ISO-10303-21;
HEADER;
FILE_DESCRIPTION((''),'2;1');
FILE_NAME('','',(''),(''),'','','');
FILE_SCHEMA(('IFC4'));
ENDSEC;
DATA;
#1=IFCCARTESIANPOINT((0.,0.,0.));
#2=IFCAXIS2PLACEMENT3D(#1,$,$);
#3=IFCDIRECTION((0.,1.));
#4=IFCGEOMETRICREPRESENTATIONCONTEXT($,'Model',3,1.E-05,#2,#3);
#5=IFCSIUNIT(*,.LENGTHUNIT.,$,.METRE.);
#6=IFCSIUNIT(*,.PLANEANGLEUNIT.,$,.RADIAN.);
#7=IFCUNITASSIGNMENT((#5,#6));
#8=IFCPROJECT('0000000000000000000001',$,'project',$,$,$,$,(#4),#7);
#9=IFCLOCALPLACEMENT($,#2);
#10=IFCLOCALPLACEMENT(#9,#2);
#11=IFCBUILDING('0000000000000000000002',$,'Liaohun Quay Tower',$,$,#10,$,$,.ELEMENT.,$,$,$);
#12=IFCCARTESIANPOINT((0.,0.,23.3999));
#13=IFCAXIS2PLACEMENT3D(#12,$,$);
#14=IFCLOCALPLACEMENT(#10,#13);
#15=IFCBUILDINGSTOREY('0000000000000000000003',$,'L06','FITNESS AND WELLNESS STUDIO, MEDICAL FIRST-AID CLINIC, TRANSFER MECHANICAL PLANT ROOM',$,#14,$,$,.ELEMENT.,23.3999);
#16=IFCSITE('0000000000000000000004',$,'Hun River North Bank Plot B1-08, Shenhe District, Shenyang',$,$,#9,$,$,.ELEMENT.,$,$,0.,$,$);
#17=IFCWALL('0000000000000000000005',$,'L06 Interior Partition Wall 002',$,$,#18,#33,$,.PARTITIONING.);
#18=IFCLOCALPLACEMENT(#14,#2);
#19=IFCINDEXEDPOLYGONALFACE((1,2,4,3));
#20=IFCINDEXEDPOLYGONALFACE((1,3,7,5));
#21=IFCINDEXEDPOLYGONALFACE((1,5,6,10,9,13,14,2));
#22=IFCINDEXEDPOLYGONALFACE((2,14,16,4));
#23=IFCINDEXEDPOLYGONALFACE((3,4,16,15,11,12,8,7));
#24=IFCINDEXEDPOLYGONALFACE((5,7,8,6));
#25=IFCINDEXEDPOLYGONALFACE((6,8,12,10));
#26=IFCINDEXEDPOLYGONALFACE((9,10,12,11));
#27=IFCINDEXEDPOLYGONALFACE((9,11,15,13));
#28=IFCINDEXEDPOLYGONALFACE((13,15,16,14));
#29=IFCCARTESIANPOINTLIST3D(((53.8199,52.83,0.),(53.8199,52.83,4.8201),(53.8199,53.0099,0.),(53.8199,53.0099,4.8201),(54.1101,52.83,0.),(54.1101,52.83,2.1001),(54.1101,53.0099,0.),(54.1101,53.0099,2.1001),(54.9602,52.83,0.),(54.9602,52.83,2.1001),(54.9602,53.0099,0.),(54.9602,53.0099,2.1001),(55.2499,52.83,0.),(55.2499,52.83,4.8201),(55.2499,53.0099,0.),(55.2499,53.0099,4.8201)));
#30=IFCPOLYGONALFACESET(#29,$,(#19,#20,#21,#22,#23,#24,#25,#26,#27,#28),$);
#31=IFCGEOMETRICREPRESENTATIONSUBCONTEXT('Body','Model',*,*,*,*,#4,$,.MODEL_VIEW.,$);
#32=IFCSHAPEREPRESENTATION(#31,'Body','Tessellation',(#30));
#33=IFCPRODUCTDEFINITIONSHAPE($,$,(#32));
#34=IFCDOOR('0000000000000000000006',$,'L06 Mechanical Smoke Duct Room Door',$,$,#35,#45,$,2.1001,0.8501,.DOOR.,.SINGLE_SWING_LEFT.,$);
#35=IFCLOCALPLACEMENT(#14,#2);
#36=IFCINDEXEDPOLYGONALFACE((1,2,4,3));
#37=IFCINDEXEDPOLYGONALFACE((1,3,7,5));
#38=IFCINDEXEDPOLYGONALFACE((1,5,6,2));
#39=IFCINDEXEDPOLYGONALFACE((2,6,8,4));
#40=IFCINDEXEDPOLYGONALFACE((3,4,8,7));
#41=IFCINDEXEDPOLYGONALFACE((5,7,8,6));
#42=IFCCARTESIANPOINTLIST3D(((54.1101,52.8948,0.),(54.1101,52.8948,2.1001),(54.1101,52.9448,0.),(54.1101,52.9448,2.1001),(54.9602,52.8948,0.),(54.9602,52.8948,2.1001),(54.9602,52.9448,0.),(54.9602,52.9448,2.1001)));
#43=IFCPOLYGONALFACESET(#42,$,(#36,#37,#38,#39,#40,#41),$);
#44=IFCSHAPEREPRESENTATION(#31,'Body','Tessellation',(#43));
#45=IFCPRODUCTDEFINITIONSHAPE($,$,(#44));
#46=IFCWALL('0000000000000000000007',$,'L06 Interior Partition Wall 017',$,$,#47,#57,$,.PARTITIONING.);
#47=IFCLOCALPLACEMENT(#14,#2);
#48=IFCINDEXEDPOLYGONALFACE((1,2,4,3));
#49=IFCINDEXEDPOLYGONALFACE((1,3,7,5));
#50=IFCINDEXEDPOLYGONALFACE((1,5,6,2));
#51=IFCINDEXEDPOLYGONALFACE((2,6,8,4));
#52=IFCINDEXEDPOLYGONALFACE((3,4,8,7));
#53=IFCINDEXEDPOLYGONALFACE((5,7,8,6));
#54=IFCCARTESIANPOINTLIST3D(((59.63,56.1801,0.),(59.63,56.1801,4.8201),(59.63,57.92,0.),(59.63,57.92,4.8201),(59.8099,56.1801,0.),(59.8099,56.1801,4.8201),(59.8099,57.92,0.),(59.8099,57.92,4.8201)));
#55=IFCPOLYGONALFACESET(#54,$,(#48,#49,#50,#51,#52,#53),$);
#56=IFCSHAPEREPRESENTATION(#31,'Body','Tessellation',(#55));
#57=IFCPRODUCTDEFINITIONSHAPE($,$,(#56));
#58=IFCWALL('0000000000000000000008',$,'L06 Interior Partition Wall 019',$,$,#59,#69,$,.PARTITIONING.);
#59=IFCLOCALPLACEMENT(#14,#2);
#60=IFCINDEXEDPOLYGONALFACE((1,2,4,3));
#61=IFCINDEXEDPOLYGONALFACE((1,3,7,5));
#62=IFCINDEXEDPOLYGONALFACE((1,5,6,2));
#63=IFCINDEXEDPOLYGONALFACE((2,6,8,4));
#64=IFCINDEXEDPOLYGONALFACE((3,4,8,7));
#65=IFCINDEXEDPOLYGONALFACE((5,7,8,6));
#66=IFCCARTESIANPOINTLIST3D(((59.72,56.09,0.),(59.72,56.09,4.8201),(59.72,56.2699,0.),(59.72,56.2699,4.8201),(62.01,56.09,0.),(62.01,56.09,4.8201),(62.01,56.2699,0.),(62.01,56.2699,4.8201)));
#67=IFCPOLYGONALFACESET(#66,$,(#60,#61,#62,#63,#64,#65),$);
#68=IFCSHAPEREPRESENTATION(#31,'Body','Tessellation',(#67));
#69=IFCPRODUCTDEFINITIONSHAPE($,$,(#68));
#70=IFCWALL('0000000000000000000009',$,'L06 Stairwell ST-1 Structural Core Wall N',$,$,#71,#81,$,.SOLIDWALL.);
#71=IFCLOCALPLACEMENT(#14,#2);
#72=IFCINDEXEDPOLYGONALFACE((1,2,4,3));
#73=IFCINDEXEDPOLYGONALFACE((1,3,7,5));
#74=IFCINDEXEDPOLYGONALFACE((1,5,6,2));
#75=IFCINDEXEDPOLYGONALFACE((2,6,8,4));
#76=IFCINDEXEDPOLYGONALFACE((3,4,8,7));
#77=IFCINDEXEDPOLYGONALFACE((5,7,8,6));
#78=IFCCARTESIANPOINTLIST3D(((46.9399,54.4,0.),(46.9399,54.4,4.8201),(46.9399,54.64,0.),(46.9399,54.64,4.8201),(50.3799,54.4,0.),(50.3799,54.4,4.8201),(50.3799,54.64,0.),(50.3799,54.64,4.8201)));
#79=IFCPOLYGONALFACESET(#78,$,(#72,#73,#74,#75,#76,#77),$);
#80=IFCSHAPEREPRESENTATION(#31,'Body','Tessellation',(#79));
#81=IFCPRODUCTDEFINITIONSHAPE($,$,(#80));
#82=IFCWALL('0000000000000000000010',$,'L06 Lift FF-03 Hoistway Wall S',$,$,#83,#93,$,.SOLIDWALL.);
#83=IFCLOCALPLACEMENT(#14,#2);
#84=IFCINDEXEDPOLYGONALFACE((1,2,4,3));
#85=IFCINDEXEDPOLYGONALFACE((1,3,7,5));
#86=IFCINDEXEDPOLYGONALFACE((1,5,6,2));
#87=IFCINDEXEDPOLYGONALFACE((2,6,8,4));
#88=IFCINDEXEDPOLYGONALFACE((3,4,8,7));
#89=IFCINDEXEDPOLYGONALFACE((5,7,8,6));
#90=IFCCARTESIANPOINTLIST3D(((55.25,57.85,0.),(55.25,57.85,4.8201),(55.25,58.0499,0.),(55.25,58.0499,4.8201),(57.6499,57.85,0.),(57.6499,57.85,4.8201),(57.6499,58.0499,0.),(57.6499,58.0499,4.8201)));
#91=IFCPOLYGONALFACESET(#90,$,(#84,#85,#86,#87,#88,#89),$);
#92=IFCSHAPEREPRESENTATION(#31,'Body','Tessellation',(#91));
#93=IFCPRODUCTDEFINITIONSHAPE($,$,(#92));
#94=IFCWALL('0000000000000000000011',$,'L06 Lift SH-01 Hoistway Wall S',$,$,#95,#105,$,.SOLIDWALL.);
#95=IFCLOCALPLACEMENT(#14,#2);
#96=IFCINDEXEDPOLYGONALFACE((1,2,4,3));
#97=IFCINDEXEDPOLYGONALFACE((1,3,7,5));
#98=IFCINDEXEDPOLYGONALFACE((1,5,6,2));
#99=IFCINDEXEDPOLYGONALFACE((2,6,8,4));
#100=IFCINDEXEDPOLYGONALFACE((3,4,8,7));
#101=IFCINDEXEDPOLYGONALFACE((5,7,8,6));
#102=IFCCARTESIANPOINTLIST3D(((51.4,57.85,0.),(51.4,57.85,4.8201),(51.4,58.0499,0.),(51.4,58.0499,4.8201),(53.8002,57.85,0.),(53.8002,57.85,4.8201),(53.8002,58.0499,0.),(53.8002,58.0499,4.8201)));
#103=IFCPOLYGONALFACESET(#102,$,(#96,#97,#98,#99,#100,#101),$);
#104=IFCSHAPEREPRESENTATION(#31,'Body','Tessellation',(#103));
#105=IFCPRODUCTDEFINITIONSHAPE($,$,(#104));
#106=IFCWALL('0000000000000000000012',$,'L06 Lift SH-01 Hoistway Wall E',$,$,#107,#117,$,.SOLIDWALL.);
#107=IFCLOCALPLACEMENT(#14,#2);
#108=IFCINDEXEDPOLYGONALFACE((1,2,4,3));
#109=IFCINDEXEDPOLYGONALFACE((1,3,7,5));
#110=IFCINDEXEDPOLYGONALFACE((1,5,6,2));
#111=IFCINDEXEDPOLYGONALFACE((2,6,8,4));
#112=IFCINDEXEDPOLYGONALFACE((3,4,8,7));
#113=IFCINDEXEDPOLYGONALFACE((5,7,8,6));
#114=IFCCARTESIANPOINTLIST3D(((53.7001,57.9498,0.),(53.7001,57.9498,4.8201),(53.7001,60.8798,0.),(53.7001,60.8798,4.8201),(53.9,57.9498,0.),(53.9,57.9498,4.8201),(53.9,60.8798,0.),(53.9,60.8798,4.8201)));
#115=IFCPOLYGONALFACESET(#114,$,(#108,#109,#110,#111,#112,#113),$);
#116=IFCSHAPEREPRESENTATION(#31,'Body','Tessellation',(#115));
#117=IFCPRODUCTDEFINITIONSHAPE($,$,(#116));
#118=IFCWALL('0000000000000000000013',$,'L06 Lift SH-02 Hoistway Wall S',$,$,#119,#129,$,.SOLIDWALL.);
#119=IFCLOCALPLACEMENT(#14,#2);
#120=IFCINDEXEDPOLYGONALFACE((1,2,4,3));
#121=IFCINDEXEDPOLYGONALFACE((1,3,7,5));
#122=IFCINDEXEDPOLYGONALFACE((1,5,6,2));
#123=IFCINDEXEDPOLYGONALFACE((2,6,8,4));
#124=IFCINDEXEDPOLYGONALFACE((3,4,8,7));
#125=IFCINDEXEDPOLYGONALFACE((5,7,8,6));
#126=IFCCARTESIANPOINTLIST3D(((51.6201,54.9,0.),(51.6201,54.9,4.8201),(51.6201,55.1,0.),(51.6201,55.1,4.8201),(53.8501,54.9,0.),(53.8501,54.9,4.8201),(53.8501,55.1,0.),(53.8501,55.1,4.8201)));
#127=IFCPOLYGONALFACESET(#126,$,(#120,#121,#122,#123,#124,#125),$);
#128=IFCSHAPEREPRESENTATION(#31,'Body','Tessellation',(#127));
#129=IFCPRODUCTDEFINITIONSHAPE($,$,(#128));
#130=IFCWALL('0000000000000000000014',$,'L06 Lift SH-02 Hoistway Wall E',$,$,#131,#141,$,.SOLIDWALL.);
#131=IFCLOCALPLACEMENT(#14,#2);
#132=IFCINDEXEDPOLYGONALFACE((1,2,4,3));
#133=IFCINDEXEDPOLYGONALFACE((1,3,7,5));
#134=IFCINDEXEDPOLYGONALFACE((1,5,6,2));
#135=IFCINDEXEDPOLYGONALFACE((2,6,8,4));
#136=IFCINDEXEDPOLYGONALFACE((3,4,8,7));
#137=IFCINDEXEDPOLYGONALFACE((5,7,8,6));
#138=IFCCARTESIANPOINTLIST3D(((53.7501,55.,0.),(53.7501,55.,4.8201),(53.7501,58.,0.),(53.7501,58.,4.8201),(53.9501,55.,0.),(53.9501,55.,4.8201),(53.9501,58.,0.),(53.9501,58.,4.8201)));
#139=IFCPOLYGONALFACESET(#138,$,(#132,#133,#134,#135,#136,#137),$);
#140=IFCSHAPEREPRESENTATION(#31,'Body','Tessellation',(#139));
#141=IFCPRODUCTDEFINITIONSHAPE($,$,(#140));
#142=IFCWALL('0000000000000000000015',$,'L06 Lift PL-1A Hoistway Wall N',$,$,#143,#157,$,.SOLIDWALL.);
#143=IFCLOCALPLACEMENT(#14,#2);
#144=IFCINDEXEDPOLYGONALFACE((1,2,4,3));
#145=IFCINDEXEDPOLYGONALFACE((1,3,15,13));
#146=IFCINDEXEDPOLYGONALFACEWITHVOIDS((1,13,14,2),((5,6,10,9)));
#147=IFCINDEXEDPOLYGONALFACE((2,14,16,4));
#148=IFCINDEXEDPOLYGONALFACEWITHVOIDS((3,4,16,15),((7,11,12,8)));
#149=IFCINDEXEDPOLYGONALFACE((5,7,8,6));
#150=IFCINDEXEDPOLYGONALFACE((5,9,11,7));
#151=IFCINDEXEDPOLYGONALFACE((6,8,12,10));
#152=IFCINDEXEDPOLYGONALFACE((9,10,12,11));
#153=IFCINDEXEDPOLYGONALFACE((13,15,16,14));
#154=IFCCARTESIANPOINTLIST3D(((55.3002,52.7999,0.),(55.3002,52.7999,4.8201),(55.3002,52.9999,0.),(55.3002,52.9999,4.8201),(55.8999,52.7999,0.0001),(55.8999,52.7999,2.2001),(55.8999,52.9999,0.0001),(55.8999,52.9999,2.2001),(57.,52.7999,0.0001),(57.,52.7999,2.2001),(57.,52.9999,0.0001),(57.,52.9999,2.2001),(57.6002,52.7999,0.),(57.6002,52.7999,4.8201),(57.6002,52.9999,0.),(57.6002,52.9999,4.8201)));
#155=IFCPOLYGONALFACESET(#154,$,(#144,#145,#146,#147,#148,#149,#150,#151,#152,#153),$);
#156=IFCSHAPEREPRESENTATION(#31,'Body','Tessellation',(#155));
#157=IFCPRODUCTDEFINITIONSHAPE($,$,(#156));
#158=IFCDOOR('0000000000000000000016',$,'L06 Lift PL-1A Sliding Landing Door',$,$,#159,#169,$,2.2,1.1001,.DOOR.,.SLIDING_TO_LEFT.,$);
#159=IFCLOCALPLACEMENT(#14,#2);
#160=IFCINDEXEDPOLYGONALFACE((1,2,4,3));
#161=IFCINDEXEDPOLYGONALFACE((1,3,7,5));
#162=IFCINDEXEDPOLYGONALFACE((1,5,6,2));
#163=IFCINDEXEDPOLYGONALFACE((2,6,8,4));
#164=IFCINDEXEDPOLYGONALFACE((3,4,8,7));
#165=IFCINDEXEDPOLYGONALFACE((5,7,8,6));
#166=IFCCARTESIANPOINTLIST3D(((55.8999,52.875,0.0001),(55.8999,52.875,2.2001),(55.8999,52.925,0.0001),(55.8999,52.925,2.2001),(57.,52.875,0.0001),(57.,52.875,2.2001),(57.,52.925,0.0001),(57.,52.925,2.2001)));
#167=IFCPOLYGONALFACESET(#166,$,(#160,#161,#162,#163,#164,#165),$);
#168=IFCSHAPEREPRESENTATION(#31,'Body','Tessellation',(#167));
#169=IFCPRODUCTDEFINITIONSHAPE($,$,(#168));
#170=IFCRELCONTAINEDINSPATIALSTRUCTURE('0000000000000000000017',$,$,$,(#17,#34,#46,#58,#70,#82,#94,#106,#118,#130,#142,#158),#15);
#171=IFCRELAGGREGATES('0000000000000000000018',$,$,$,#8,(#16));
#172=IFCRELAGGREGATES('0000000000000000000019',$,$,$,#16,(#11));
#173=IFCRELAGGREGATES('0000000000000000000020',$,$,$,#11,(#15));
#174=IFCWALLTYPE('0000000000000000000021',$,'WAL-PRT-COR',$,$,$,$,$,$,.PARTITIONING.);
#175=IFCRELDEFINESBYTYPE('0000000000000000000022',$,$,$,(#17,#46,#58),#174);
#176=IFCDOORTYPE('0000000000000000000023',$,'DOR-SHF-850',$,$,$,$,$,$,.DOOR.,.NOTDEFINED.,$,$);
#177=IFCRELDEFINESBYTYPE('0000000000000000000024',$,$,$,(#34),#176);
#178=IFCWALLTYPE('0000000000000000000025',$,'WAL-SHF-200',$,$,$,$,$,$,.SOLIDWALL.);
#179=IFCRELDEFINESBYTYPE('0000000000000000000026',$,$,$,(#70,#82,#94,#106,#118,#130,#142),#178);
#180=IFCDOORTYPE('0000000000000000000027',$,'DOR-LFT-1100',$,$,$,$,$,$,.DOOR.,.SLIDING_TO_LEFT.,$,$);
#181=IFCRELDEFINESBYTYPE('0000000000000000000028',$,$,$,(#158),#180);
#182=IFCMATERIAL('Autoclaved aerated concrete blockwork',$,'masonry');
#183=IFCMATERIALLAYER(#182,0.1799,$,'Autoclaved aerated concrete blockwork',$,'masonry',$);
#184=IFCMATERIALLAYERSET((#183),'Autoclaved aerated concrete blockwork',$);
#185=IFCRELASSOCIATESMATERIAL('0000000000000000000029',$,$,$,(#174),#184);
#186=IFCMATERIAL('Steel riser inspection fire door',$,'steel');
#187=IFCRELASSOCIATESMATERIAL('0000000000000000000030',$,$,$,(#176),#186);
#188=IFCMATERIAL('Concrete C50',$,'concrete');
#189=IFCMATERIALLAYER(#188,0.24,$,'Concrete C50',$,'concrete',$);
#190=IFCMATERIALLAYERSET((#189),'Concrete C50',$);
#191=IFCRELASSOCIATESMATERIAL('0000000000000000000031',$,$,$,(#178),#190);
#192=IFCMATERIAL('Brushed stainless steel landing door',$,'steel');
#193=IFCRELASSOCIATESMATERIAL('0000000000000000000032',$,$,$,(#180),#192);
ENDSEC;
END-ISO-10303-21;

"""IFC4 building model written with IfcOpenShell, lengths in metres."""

from ifc_helpers import new_model, si_unit, direction, frame, frame_2d, origin, place, context, subcontext, project, spatial, rectangle, extrude, source, transform, mapped, material, layer, layer_set, type_object, element, fill, save


model = new_model("IFC4")

# Units and contexts
model_context = context("Model", 3, precision=1e-05, world=origin(), true_north=direction((0.0, 1.0)))
body_context = subcontext(model_context, "Body", "Model", "MODEL_VIEW")
ifc_project = project(units=[si_unit("LENGTHUNIT", "METRE"), si_unit("PLANEANGLEUNIT", "RADIAN")], contexts=[model_context])

# Site, building, storey
site_placement = place(None, origin())
site = spatial("IfcSite", under=ifc_project, at=site_placement, Name="Hun River North Bank Plot B1-08, Shenhe District, Shenyang", CompositionType="ELEMENT", RefElevation=0.0)
building_placement = place(site_placement, origin())
building = spatial("IfcBuilding", under=site, at=building_placement, Name="Liaohun Quay Tower", CompositionType="ELEMENT")
storey_placement = place(building_placement, frame((0.0, 0.0, 23.3999)))
storey = spatial("IfcBuildingStorey", under=building, at=storey_placement, Name="L06", Description="FITNESS AND WELLNESS STUDIO, MEDICAL FIRST-AID CLINIC, TRANSFER MECHANICAL PLANT ROOM", CompositionType="ELEMENT", Elevation=23.3999)

# Wall, opening, door
ifc_material_1 = material(Name="Autoclaved aerated concrete blockwork", Category="masonry")
ifc_layer_1 = layer(ifc_material_1, 0.1799, Name="Autoclaved aerated concrete blockwork", Category="masonry")
ifc_layer_set_1 = layer_set([ifc_layer_1], Name="Autoclaved aerated concrete blockwork")
wall_type_1 = type_object("IfcWallType", Name="WAL-PRT-COR", PredefinedType="PARTITIONING", material=ifc_layer_set_1)
wall_1_placement = place(storey_placement, frame((53.8201, 52.9199, 0.0), z_axis=(0.0, 0.0, 1.0), x_axis=(1.0, 0.0, 0.0)))
wall_1 = element("IfcWall", 1, at=wall_1_placement, inside=storey, type_object=wall_type_1, Name="L06 Interior Partition Wall 002", PredefinedType="PARTITIONING", context=body_context, shape_type="SweptSolid", body=[
    extrude(rectangle(XDim=1.4299, YDim=0.1799, at=frame_2d((0.7148, 0.0))), origin(), (0.0, 0.0, 1.0), 4.8201),
])
shared_shape_1 = source(origin(), body_context, "Body", "SweptSolid", [
    extrude(rectangle(XDim=0.8501, YDim=2.1001, at=frame_2d((0.425, 1.05))), frame((0.0, 0.0999, 0.0), z_axis=(0.0, -1.0, 0.0), x_axis=(1.0, 0.0, 0.0)), (0.0, 0.0, 1.0), 0.2),
])
opening_1_placement = place(wall_1_placement, frame((0.29, 0.0, 0.0)))
opening_1 = element("IfcOpeningElement", 2, at=opening_1_placement, cuts=wall_1, PredefinedType="OPENING", context=body_context, shape_type="MappedRepresentation", body=[
    mapped(shared_shape_1, transform((0.0, 0.0, 0.0), x_axis=(1.0, 0.0, 0.0), y_axis=(0.0, 1.0, 0.0), z_axis=(0.0, 0.0, 1.0), scale=1.0)),
])
ifc_material_2 = material(Name="Steel riser inspection fire door", Category="steel")
door_type_1 = type_object("IfcDoorType", Name="DOR-SHF-850", OperationType="NOTDEFINED", PredefinedType="DOOR", material=ifc_material_2)
shared_shape_2 = source(origin(), body_context, "Body", "SweptSolid", [
    extrude(rectangle(XDim=0.8501, YDim=2.1001, at=frame_2d((0.425, 1.05))), frame((0.0, 0.0249, 0.0), z_axis=(0.0, -1.0, 0.0), x_axis=(1.0, 0.0, 0.0)), (0.0, 0.0, 1.0), 0.05),
])
door_1_placement = place(opening_1_placement, origin())
door_1 = element("IfcDoor", 3, at=door_1_placement, inside=storey, type_object=door_type_1, Name="L06 Mechanical Smoke Duct Room Door", OperationType="SINGLE_SWING_LEFT", OverallHeight=2.1001, OverallWidth=0.8501, PredefinedType="DOOR", context=body_context, shape_type="MappedRepresentation", body=[
    mapped(shared_shape_2, transform((0.0, 0.0, 0.0), x_axis=(1.0, 0.0, 0.0), y_axis=(0.0, 1.0, 0.0), z_axis=(0.0, 0.0, 1.0), scale=1.0)),
])
fill(opening_1, door_1)

# Walls
wall_2_placement = place(storey_placement, frame((59.72, 56.1799, 0.0), z_axis=(0.0, 0.0, 1.0), x_axis=(0.0, 1.0, 0.0)))
element("IfcWall", 4, at=wall_2_placement, inside=storey, type_object=wall_type_1, Name="L06 Interior Partition Wall 017", PredefinedType="PARTITIONING", context=body_context, shape_type="SweptSolid", body=[
    extrude(rectangle(XDim=1.74, YDim=0.1799, at=frame_2d((0.8701, 0.0))), origin(), (0.0, 0.0, 1.0), 4.8201),
])
wall_3_placement = place(storey_placement, frame((59.72, 56.1799, 0.0), z_axis=(0.0, 0.0, 1.0), x_axis=(1.0, 0.0, 0.0)))
element("IfcWall", 5, at=wall_3_placement, inside=storey, type_object=wall_type_1, Name="L06 Interior Partition Wall 019", PredefinedType="PARTITIONING", context=body_context, shape_type="SweptSolid", body=[
    extrude(rectangle(XDim=2.29, YDim=0.1799, at=frame_2d((1.145, 0.0))), origin(), (0.0, 0.0, 1.0), 4.8201),
])
ifc_material_3 = material(Name="Concrete C50", Category="concrete")
ifc_layer_2 = layer(ifc_material_3, 0.24, Name="Concrete C50", Category="concrete")
ifc_layer_set_2 = layer_set([ifc_layer_2], Name="Concrete C50")
wall_type_2 = type_object("IfcWallType", Name="WAL-SHF-200", PredefinedType="SOLIDWALL", material=ifc_layer_set_2)
wall_4_placement = place(storey_placement, frame((50.3799, 54.52, 0.0), z_axis=(0.0, 0.0, 1.0), x_axis=(-1.0, 0.0, 0.0)))
element("IfcWall", 6, at=wall_4_placement, inside=storey, type_object=wall_type_2, Name="L06 Stairwell ST-1 Structural Core Wall N", PredefinedType="SOLIDWALL", context=body_context, shape_type="SweptSolid", body=[
    extrude(rectangle(XDim=3.4399, YDim=0.24, at=frame_2d((1.72, 0.0))), origin(), (0.0, 0.0, 1.0), 4.8201),
])
wall_5_placement = place(storey_placement, frame((55.25, 57.95, 0.0), z_axis=(0.0, 0.0, 1.0), x_axis=(1.0, 0.0, 0.0)))
element("IfcWall", 7, at=wall_5_placement, inside=storey, type_object=wall_type_2, Name="L06 Lift FF-03 Hoistway Wall S", PredefinedType="SOLIDWALL", context=body_context, shape_type="SweptSolid", body=[
    extrude(rectangle(XDim=2.3999, YDim=0.2, at=frame_2d((1.2, 0.0))), origin(), (0.0, 0.0, 1.0), 4.8201),
])
wall_6_placement = place(storey_placement, frame((51.3999, 57.95, 0.0), z_axis=(0.0, 0.0, 1.0), x_axis=(1.0, 0.0, 0.0)))
element("IfcWall", 8, at=wall_6_placement, inside=storey, type_object=wall_type_2, Name="L06 Lift SH-01 Hoistway Wall S", PredefinedType="SOLIDWALL", context=body_context, shape_type="SweptSolid", body=[
    extrude(rectangle(XDim=2.4001, YDim=0.2, at=frame_2d((1.2002, 0.0))), origin(), (0.0, 0.0, 1.0), 4.8201),
])
wall_7_placement = place(storey_placement, frame((53.8, 57.95, 0.0), z_axis=(0.0, 0.0, 1.0), x_axis=(0.0, 1.0, 0.0)))
element("IfcWall", 9, at=wall_7_placement, inside=storey, type_object=wall_type_2, Name="L06 Lift SH-01 Hoistway Wall E", PredefinedType="SOLIDWALL", context=body_context, shape_type="SweptSolid", body=[
    extrude(rectangle(XDim=2.9299, YDim=0.2, at=frame_2d((1.4648, 0.0))), origin(), (0.0, 0.0, 1.0), 4.8201),
])
wall_8_placement = place(storey_placement, frame((51.6201, 55.0, 0.0), z_axis=(0.0, 0.0, 1.0), x_axis=(1.0, 0.0, 0.0)))
element("IfcWall", 10, at=wall_8_placement, inside=storey, type_object=wall_type_2, Name="L06 Lift SH-02 Hoistway Wall S", PredefinedType="SOLIDWALL", context=body_context, shape_type="SweptSolid", body=[
    extrude(rectangle(XDim=2.23, YDim=0.2, at=frame_2d((1.115, 0.0))), origin(), (0.0, 0.0, 1.0), 4.8201),
])
wall_9_placement = place(storey_placement, frame((53.8501, 55.0, 0.0), z_axis=(0.0, 0.0, 1.0), x_axis=(0.0, 1.0, 0.0)))
element("IfcWall", 11, at=wall_9_placement, inside=storey, type_object=wall_type_2, Name="L06 Lift SH-02 Hoistway Wall E", PredefinedType="SOLIDWALL", context=body_context, shape_type="SweptSolid", body=[
    extrude(rectangle(XDim=3.0, YDim=0.2, at=frame_2d((1.5, 0.0))), origin(), (0.0, 0.0, 1.0), 4.8201),
])

# Wall, opening, door
wall_10_placement = place(storey_placement, frame((57.6001, 52.8999, 0.0), z_axis=(0.0, 0.0, 1.0), x_axis=(-1.0, 0.0, 0.0)))
wall_10 = element("IfcWall", 12, at=wall_10_placement, inside=storey, type_object=wall_type_2, Name="L06 Lift PL-1A Hoistway Wall N", PredefinedType="SOLIDWALL", context=body_context, shape_type="SweptSolid", body=[
    extrude(rectangle(XDim=2.3, YDim=0.2, at=frame_2d((1.1499, 0.0))), origin(), (0.0, 0.0, 1.0), 4.8201),
])
shared_shape_3 = source(origin(), body_context, "Body", "SweptSolid", [
    extrude(rectangle(XDim=1.1001, YDim=2.2, at=frame_2d((0.55, 1.1001))), frame((0.0, 0.1099, 0.0), z_axis=(0.0, -1.0, 0.0), x_axis=(1.0, 0.0, 0.0)), (0.0, 0.0, 1.0), 0.22),
])
opening_2_placement = place(wall_10_placement, frame((0.6001, 0.0, 0.0)))
opening_2 = element("IfcOpeningElement", 13, at=opening_2_placement, cuts=wall_10, PredefinedType="OPENING", context=body_context, shape_type="MappedRepresentation", body=[
    mapped(shared_shape_3, transform((0.0, 0.0, 0.0), x_axis=(1.0, 0.0, 0.0), y_axis=(0.0, 1.0, 0.0), z_axis=(0.0, 0.0, 1.0), scale=1.0)),
])
ifc_material_4 = material(Name="Brushed stainless steel landing door", Category="steel")
door_type_2 = type_object("IfcDoorType", Name="DOR-LFT-1100", OperationType="SLIDING_TO_LEFT", PredefinedType="DOOR", material=ifc_material_4)
shared_shape_4 = source(origin(), body_context, "Body", "SweptSolid", [
    extrude(rectangle(XDim=1.1001, YDim=2.2, at=frame_2d((0.55, 1.1001))), frame((0.0, 0.0249, 0.0), z_axis=(0.0, -1.0, 0.0), x_axis=(1.0, 0.0, 0.0)), (0.0, 0.0, 1.0), 0.05),
])
door_2_placement = place(opening_2_placement, origin())
door_2 = element("IfcDoor", 14, at=door_2_placement, inside=storey, type_object=door_type_2, Name="L06 Lift PL-1A Sliding Landing Door", OperationType="SLIDING_TO_LEFT", OverallHeight=2.2, OverallWidth=1.1001, PredefinedType="DOOR", context=body_context, shape_type="MappedRepresentation", body=[
    mapped(shared_shape_4, transform((0.0, 0.0, 0.0), x_axis=(1.0, 0.0, 0.0), y_axis=(0.0, 1.0, 0.0), z_axis=(0.0, 0.0, 1.0), scale=1.0)),
])
fill(opening_2, door_2)

save(model, "model.ifc")
